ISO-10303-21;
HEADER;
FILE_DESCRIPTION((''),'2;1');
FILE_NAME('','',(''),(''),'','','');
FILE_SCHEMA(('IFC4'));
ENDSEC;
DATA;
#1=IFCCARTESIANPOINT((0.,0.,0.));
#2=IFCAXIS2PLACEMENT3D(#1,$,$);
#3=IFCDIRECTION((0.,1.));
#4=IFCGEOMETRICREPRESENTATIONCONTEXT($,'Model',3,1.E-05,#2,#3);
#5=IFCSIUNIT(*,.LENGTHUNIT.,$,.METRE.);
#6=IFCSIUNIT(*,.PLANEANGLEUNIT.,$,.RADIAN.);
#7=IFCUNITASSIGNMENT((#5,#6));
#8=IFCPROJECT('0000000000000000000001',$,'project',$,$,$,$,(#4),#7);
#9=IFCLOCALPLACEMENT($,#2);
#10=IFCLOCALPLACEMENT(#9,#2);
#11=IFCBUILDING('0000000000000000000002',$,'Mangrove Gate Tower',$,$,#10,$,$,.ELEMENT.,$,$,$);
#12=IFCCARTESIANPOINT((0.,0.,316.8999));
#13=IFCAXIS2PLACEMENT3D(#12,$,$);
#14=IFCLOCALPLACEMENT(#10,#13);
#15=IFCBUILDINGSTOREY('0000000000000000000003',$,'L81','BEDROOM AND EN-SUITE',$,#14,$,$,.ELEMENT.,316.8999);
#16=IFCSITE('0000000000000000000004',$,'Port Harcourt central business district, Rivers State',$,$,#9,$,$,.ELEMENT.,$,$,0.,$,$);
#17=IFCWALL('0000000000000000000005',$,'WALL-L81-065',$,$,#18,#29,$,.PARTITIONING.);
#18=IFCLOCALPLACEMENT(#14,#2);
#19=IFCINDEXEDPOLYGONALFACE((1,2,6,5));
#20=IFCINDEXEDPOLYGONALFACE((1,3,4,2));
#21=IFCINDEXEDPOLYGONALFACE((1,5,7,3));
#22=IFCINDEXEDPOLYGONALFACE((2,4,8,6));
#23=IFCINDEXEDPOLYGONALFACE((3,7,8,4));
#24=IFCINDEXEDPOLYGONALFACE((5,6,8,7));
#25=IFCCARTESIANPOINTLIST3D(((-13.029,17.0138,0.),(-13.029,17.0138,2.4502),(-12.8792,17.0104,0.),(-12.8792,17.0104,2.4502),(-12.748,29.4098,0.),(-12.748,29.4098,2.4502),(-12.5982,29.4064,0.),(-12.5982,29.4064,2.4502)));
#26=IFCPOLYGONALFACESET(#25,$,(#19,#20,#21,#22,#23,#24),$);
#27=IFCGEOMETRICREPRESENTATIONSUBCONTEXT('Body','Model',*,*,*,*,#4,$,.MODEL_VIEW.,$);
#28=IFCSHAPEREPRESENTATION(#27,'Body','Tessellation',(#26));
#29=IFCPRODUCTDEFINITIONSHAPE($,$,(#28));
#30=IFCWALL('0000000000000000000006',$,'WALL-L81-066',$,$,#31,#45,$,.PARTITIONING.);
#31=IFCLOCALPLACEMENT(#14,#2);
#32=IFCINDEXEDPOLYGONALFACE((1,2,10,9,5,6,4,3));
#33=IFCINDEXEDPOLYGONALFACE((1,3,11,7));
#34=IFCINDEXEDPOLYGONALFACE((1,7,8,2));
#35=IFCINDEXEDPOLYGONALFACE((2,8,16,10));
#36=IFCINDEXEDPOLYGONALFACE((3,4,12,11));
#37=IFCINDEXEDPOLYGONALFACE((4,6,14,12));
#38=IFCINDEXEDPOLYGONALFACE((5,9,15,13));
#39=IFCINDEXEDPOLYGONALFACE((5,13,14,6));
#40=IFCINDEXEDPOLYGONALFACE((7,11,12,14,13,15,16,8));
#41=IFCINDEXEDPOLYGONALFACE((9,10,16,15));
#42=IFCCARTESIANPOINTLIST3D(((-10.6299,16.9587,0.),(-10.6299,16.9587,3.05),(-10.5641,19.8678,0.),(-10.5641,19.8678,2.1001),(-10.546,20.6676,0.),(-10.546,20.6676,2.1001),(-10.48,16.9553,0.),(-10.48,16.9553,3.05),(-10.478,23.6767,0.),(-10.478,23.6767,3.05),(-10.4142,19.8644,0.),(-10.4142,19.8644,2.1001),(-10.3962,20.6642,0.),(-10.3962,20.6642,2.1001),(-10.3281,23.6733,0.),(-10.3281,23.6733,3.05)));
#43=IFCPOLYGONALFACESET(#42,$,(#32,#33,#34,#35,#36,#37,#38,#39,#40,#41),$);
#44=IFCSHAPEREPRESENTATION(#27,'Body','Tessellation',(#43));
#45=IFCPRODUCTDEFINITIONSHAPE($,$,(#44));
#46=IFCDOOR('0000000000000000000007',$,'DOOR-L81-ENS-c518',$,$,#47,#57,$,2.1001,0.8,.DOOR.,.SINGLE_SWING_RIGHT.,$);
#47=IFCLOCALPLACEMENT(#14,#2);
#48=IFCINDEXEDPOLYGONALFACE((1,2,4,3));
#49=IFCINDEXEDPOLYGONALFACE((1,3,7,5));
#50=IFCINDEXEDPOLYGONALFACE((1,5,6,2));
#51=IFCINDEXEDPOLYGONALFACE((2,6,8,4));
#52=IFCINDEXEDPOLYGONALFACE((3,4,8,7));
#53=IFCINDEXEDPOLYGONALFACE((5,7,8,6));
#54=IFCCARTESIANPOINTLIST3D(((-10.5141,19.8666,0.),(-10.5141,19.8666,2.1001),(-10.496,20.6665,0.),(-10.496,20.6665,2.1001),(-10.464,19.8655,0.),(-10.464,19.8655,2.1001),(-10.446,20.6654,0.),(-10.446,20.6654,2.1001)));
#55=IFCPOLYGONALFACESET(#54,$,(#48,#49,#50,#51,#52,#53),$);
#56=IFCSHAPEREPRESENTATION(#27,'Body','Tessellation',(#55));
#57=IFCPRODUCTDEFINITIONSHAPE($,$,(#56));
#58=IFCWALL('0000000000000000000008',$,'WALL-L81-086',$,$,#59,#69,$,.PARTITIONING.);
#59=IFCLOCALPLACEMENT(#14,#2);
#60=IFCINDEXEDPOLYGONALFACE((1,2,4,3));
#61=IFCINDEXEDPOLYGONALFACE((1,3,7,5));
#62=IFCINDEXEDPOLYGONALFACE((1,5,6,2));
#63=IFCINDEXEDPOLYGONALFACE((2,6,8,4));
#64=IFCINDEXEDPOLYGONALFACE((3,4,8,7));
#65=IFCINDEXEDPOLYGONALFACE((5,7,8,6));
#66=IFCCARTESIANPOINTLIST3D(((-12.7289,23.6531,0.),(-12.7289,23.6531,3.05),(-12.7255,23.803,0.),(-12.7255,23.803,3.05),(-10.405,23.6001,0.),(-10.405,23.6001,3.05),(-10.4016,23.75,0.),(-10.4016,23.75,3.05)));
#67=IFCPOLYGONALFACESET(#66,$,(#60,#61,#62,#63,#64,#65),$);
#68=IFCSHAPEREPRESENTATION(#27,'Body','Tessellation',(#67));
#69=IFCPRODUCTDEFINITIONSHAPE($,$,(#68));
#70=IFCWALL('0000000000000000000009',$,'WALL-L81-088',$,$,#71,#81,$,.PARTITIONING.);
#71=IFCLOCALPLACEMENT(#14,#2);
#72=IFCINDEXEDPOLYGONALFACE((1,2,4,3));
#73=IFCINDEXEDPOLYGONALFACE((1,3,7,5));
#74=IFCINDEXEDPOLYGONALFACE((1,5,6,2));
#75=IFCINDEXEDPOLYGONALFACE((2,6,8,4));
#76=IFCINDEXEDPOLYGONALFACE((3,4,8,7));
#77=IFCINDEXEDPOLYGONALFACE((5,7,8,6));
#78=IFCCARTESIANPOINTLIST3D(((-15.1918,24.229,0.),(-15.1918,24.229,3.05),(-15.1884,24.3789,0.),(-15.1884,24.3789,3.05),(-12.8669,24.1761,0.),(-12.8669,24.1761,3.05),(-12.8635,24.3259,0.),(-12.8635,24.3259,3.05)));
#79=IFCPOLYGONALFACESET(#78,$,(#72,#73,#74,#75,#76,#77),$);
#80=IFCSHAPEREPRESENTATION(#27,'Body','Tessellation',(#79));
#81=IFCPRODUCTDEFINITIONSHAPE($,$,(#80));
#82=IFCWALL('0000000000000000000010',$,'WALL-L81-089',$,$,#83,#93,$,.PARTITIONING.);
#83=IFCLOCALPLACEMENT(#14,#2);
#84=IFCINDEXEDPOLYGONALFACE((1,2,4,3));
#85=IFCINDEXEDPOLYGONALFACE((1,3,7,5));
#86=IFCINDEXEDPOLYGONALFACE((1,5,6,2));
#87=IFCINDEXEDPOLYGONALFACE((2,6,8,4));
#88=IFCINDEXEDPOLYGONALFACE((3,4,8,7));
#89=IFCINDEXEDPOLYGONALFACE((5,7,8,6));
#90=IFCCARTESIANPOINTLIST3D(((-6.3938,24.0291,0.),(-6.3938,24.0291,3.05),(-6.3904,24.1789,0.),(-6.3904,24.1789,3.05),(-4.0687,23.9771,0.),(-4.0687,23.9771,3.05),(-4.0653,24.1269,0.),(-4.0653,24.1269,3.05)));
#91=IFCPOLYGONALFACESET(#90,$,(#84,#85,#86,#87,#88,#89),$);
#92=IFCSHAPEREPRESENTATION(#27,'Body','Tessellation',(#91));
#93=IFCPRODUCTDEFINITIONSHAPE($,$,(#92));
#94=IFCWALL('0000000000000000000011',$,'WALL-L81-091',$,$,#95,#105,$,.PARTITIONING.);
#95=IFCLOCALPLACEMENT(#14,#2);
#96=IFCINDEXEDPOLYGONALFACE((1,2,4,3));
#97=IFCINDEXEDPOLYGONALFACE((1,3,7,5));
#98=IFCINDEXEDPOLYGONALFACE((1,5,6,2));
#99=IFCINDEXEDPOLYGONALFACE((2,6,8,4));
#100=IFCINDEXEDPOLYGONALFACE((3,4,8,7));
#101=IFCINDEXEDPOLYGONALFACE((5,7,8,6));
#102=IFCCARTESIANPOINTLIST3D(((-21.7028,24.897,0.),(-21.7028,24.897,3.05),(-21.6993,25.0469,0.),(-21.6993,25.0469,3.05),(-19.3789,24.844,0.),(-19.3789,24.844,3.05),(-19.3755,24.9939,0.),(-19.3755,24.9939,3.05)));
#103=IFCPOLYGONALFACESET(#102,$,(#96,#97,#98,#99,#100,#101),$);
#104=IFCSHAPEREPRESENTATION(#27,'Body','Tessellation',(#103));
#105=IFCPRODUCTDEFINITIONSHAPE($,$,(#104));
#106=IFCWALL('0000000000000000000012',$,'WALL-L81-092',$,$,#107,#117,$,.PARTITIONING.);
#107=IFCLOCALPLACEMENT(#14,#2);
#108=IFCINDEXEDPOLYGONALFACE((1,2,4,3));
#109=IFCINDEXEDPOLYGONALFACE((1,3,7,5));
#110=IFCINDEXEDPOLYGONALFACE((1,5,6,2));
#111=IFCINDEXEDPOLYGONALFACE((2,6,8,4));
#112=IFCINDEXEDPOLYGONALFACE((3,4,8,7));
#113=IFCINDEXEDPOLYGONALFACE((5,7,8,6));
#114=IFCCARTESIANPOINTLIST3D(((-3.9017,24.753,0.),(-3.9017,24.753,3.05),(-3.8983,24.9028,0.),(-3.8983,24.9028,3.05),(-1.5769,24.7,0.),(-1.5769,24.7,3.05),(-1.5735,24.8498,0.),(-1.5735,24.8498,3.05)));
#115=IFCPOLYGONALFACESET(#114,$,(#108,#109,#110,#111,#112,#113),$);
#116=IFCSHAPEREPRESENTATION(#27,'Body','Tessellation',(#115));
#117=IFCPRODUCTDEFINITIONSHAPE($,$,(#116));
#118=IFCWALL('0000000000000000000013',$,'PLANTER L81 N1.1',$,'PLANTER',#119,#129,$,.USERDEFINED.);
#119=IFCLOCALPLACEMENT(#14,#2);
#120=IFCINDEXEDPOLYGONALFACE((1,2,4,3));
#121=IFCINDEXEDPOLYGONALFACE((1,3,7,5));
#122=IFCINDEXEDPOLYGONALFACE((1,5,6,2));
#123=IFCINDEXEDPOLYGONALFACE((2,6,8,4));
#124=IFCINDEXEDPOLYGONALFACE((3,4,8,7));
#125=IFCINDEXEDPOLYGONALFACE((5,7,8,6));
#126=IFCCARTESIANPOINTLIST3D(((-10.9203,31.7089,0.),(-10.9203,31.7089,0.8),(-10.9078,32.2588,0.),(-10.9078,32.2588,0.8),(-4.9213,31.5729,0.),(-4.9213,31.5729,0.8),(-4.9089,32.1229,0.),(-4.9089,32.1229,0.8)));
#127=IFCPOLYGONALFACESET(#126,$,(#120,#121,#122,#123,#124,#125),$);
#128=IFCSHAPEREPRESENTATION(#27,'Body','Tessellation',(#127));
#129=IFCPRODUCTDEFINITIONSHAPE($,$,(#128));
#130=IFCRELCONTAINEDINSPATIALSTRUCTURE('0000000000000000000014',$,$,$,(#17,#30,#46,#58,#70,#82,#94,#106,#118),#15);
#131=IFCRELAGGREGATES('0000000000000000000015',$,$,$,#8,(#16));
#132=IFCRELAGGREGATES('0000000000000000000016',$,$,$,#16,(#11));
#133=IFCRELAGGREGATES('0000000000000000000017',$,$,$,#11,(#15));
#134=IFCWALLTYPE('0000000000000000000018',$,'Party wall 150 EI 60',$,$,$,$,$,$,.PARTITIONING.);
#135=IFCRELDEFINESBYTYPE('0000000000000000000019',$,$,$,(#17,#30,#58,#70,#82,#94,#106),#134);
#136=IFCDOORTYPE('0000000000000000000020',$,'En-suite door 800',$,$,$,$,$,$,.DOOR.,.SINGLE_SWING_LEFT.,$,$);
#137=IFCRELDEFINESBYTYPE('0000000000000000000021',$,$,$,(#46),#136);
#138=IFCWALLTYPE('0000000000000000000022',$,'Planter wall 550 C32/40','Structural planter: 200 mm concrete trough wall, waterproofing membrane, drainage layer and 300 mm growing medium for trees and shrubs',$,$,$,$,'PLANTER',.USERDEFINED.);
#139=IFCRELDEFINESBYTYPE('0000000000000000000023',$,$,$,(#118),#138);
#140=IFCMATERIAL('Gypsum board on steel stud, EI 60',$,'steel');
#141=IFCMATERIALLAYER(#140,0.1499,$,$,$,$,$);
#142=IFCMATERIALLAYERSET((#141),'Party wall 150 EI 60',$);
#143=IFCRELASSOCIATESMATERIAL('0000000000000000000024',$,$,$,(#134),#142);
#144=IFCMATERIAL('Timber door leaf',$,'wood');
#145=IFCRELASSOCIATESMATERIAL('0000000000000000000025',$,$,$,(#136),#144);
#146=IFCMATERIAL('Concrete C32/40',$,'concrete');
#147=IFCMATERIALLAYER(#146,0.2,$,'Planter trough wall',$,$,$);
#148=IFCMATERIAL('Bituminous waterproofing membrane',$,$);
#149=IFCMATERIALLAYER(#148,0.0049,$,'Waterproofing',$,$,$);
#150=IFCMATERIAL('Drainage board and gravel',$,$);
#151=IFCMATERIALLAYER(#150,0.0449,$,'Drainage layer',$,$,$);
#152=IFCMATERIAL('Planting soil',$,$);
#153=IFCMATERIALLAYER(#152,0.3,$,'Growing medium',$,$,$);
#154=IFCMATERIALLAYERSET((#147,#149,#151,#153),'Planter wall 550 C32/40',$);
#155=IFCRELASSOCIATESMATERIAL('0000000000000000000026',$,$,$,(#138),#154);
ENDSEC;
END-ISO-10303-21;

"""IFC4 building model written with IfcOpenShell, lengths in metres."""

from ifc_helpers import new_model, si_unit, direction, frame, frame_2d, origin, place, context, subcontext, project, spatial, rectangle, extrude, material, layer, layer_set, type_object, element, fill, save


model = new_model("IFC4")

# Units and contexts
model_context = context("Model", 3, precision=1e-05, world=origin(), true_north=direction((0.0, 1.0)))
body_context = subcontext(model_context, "Body", "Model", "MODEL_VIEW")
ifc_project = project(units=[si_unit("LENGTHUNIT", "METRE"), si_unit("PLANEANGLEUNIT", "RADIAN")], contexts=[model_context])

# Site, building, storey
site_placement = place(None, origin())
site = spatial("IfcSite", under=ifc_project, at=site_placement, Name="Port Harcourt central business district, Rivers State", CompositionType="ELEMENT", RefElevation=0.0)
building_placement = place(site_placement, origin())
building = spatial("IfcBuilding", under=site, at=building_placement, Name="Mangrove Gate Tower", CompositionType="ELEMENT")
storey_placement = place(building_placement, frame((0.0, 0.0, 316.8999)))
storey = spatial("IfcBuildingStorey", under=building, at=storey_placement, Name="L81", Description="BEDROOM AND EN-SUITE", CompositionType="ELEMENT", Elevation=316.8999)

# Shared definitions
ifc_material_1 = material(Name="Gypsum board on steel stud, EI 60", Category="steel")
ifc_layer_1 = layer(ifc_material_1, 0.1499)
ifc_layer_set_1 = layer_set([ifc_layer_1], Name="Party wall 150 EI 60")
wall_type_1 = type_object("IfcWallType", Name="Party wall 150 EI 60", PredefinedType="PARTITIONING", material=ifc_layer_set_1)

# Shared definitions
ifc_material_2 = material(Name="Timber door leaf", Category="wood")
door_type = type_object("IfcDoorType", Name="En-suite door 800", OperationType="SINGLE_SWING_LEFT", PredefinedType="DOOR", material=ifc_material_2)

# Wall
wall_1_placement = place(storey_placement, frame((-12.9541, 17.012, 0.0), z_axis=(0.0, 0.0, 1.0), x_axis=(0.022663, 0.999743, 0.0)))
element("IfcWall", 1, at=wall_1_placement, inside=storey, type_object=wall_type_1, Name="WALL-L81-065", PredefinedType="PARTITIONING", context=body_context, shape_type="SweptSolid", body=[
    extrude(rectangle(XDim=12.3992, YDim=0.1499, at=frame_2d((6.1997, 0.0))), origin(), (0.0, 0.0, 1.0), 2.4502),
])

# Wall, opening, door
wall_2_placement = place(storey_placement, frame((-10.5549, 16.957, 0.0), z_axis=(0.0, 0.0, 1.0), x_axis=(0.022598, 0.999745, 0.0)))
wall_2 = element("IfcWall", 2, at=wall_2_placement, inside=storey, type_object=wall_type_1, Name="WALL-L81-066", PredefinedType="PARTITIONING", context=body_context, shape_type="SweptSolid", body=[
    extrude(rectangle(XDim=6.7197, YDim=0.1499, at=frame_2d((3.3599, 0.0))), origin(), (0.0, 0.0, 1.0), 3.05),
])
opening_1_placement = place(wall_2_placement, frame((2.9099, 0.0, 0.0)))
opening_1 = element("IfcOpeningElement", 3, at=opening_1_placement, cuts=wall_2, PredefinedType="OPENING", context=body_context, shape_type="SweptSolid", body=[
    extrude(rectangle(XDim=0.8, YDim=2.1001, at=frame_2d((0.3999, 1.05))), frame((0.0, 0.085, 0.0), z_axis=(0.0, -1.0, 0.0), x_axis=(1.0, 0.0, 0.0)), (0.0, 0.0, 1.0), 0.1699),
])
door_1_placement = place(opening_1_placement, origin())
door_1 = element("IfcDoor", 4, at=door_1_placement, inside=storey, type_object=door_type, Name="DOOR-L81-ENS-c518", OperationType="SINGLE_SWING_RIGHT", OverallHeight=2.1001, OverallWidth=0.8, PredefinedType="DOOR", context=body_context, shape_type="SweptSolid", body=[
    extrude(rectangle(XDim=0.8, YDim=2.1001, at=frame_2d((0.3999, 1.05))), frame((0.0, 0.0249, 0.0), z_axis=(0.0, -1.0, 0.0), x_axis=(1.0, 0.0, 0.0)), (0.0, 0.0, 1.0), 0.05),
])
fill(opening_1, door_1)

# Walls
wall_3_placement = place(storey_placement, frame((-12.7271, 23.728, 0.0), z_axis=(0.0, 0.0, 1.0), x_axis=(0.99974, -0.022791, 0.0)))
element("IfcWall", 5, at=wall_3_placement, inside=storey, type_object=wall_type_1, Name="WALL-L81-086", PredefinedType="PARTITIONING", context=body_context, shape_type="SweptSolid", body=[
    extrude(rectangle(XDim=2.3245, YDim=0.1499, at=frame_2d((1.1621, 0.0))), origin(), (0.0, 0.0, 1.0), 3.05),
])
wall_4_placement = place(storey_placement, frame((-15.1899, 24.304, 0.0), z_axis=(0.0, 0.0, 1.0), x_axis=(0.99974, -0.022781, 0.0)))
element("IfcWall", 6, at=wall_4_placement, inside=storey, type_object=wall_type_1, Name="WALL-L81-088", PredefinedType="PARTITIONING", context=body_context, shape_type="SweptSolid", body=[
    extrude(rectangle(XDim=2.3254, YDim=0.1499, at=frame_2d((1.1626, 0.0))), origin(), (0.0, 0.0, 1.0), 3.05),
])
wall_5_placement = place(storey_placement, frame((-6.3921, 24.104, 0.0), z_axis=(0.0, 0.0, 1.0), x_axis=(0.99975, -0.022359, 0.0)))
element("IfcWall", 7, at=wall_5_placement, inside=storey, type_object=wall_type_1, Name="WALL-L81-089", PredefinedType="PARTITIONING", context=body_context, shape_type="SweptSolid", body=[
    extrude(rectangle(XDim=2.3257, YDim=0.1499, at=frame_2d((1.1628, 0.0))), origin(), (0.0, 0.0, 1.0), 3.05),
])
wall_6_placement = place(storey_placement, frame((-21.7009, 24.9719, 0.0), z_axis=(0.0, 0.0, 1.0), x_axis=(0.99974, -0.022791, 0.0)))
element("IfcWall", 8, at=wall_6_placement, inside=storey, type_object=wall_type_1, Name="WALL-L81-091", PredefinedType="PARTITIONING", context=body_context, shape_type="SweptSolid", body=[
    extrude(rectangle(XDim=2.3245, YDim=0.1499, at=frame_2d((1.1621, 0.0))), origin(), (0.0, 0.0, 1.0), 3.05),
])
wall_7_placement = place(storey_placement, frame((-3.8999, 24.8279, 0.0), z_axis=(0.0, 0.0, 1.0), x_axis=(0.99974, -0.022781, 0.0)))
element("IfcWall", 9, at=wall_7_placement, inside=storey, type_object=wall_type_1, Name="WALL-L81-092", PredefinedType="PARTITIONING", context=body_context, shape_type="SweptSolid", body=[
    extrude(rectangle(XDim=2.3254, YDim=0.1499, at=frame_2d((1.1626, 0.0))), origin(), (0.0, 0.0, 1.0), 3.05),
])
ifc_material_3 = material(Name="Concrete C32/40", Category="concrete")
ifc_layer_2 = layer(ifc_material_3, 0.2, Name="Planter trough wall")
ifc_material_4 = material(Name="Bituminous waterproofing membrane")
ifc_layer_3 = layer(ifc_material_4, 0.0049, Name="Waterproofing")
ifc_material_5 = material(Name="Drainage board and gravel")
ifc_layer_4 = layer(ifc_material_5, 0.0449, Name="Drainage layer")
ifc_material_6 = material(Name="Planting soil")
ifc_layer_5 = layer(ifc_material_6, 0.3, Name="Growing medium")
ifc_layer_set_2 = layer_set([ifc_layer_2, ifc_layer_3, ifc_layer_4, ifc_layer_5], Name="Planter wall 550 C32/40")
wall_type_2 = type_object("IfcWallType", Name="Planter wall 550 C32/40", Description="Structural planter: 200 mm concrete trough wall, waterproofing membrane, drainage layer and 300 mm growing medium for trees and shrubs", ElementType="PLANTER", PredefinedType="USERDEFINED", material=ifc_layer_set_2)
wall_8_placement = place(storey_placement, frame((-10.9141, 31.9839, 0.0), z_axis=(0.0, 0.0, 1.0), x_axis=(0.999743, -0.022662, 0.0)))
element("IfcWall", 10, at=wall_8_placement, inside=storey, type_object=wall_type_2, Name="PLANTER L81 N1.1", ObjectType="PLANTER", PredefinedType="USERDEFINED", context=body_context, shape_type="SweptSolid", body=[
    extrude(rectangle(XDim=6.0005, YDim=0.55, at=frame_2d((3.0002, 0.0))), origin(), (0.0, 0.0, 1.0), 0.8),
])

save(model, "model.ifc")
